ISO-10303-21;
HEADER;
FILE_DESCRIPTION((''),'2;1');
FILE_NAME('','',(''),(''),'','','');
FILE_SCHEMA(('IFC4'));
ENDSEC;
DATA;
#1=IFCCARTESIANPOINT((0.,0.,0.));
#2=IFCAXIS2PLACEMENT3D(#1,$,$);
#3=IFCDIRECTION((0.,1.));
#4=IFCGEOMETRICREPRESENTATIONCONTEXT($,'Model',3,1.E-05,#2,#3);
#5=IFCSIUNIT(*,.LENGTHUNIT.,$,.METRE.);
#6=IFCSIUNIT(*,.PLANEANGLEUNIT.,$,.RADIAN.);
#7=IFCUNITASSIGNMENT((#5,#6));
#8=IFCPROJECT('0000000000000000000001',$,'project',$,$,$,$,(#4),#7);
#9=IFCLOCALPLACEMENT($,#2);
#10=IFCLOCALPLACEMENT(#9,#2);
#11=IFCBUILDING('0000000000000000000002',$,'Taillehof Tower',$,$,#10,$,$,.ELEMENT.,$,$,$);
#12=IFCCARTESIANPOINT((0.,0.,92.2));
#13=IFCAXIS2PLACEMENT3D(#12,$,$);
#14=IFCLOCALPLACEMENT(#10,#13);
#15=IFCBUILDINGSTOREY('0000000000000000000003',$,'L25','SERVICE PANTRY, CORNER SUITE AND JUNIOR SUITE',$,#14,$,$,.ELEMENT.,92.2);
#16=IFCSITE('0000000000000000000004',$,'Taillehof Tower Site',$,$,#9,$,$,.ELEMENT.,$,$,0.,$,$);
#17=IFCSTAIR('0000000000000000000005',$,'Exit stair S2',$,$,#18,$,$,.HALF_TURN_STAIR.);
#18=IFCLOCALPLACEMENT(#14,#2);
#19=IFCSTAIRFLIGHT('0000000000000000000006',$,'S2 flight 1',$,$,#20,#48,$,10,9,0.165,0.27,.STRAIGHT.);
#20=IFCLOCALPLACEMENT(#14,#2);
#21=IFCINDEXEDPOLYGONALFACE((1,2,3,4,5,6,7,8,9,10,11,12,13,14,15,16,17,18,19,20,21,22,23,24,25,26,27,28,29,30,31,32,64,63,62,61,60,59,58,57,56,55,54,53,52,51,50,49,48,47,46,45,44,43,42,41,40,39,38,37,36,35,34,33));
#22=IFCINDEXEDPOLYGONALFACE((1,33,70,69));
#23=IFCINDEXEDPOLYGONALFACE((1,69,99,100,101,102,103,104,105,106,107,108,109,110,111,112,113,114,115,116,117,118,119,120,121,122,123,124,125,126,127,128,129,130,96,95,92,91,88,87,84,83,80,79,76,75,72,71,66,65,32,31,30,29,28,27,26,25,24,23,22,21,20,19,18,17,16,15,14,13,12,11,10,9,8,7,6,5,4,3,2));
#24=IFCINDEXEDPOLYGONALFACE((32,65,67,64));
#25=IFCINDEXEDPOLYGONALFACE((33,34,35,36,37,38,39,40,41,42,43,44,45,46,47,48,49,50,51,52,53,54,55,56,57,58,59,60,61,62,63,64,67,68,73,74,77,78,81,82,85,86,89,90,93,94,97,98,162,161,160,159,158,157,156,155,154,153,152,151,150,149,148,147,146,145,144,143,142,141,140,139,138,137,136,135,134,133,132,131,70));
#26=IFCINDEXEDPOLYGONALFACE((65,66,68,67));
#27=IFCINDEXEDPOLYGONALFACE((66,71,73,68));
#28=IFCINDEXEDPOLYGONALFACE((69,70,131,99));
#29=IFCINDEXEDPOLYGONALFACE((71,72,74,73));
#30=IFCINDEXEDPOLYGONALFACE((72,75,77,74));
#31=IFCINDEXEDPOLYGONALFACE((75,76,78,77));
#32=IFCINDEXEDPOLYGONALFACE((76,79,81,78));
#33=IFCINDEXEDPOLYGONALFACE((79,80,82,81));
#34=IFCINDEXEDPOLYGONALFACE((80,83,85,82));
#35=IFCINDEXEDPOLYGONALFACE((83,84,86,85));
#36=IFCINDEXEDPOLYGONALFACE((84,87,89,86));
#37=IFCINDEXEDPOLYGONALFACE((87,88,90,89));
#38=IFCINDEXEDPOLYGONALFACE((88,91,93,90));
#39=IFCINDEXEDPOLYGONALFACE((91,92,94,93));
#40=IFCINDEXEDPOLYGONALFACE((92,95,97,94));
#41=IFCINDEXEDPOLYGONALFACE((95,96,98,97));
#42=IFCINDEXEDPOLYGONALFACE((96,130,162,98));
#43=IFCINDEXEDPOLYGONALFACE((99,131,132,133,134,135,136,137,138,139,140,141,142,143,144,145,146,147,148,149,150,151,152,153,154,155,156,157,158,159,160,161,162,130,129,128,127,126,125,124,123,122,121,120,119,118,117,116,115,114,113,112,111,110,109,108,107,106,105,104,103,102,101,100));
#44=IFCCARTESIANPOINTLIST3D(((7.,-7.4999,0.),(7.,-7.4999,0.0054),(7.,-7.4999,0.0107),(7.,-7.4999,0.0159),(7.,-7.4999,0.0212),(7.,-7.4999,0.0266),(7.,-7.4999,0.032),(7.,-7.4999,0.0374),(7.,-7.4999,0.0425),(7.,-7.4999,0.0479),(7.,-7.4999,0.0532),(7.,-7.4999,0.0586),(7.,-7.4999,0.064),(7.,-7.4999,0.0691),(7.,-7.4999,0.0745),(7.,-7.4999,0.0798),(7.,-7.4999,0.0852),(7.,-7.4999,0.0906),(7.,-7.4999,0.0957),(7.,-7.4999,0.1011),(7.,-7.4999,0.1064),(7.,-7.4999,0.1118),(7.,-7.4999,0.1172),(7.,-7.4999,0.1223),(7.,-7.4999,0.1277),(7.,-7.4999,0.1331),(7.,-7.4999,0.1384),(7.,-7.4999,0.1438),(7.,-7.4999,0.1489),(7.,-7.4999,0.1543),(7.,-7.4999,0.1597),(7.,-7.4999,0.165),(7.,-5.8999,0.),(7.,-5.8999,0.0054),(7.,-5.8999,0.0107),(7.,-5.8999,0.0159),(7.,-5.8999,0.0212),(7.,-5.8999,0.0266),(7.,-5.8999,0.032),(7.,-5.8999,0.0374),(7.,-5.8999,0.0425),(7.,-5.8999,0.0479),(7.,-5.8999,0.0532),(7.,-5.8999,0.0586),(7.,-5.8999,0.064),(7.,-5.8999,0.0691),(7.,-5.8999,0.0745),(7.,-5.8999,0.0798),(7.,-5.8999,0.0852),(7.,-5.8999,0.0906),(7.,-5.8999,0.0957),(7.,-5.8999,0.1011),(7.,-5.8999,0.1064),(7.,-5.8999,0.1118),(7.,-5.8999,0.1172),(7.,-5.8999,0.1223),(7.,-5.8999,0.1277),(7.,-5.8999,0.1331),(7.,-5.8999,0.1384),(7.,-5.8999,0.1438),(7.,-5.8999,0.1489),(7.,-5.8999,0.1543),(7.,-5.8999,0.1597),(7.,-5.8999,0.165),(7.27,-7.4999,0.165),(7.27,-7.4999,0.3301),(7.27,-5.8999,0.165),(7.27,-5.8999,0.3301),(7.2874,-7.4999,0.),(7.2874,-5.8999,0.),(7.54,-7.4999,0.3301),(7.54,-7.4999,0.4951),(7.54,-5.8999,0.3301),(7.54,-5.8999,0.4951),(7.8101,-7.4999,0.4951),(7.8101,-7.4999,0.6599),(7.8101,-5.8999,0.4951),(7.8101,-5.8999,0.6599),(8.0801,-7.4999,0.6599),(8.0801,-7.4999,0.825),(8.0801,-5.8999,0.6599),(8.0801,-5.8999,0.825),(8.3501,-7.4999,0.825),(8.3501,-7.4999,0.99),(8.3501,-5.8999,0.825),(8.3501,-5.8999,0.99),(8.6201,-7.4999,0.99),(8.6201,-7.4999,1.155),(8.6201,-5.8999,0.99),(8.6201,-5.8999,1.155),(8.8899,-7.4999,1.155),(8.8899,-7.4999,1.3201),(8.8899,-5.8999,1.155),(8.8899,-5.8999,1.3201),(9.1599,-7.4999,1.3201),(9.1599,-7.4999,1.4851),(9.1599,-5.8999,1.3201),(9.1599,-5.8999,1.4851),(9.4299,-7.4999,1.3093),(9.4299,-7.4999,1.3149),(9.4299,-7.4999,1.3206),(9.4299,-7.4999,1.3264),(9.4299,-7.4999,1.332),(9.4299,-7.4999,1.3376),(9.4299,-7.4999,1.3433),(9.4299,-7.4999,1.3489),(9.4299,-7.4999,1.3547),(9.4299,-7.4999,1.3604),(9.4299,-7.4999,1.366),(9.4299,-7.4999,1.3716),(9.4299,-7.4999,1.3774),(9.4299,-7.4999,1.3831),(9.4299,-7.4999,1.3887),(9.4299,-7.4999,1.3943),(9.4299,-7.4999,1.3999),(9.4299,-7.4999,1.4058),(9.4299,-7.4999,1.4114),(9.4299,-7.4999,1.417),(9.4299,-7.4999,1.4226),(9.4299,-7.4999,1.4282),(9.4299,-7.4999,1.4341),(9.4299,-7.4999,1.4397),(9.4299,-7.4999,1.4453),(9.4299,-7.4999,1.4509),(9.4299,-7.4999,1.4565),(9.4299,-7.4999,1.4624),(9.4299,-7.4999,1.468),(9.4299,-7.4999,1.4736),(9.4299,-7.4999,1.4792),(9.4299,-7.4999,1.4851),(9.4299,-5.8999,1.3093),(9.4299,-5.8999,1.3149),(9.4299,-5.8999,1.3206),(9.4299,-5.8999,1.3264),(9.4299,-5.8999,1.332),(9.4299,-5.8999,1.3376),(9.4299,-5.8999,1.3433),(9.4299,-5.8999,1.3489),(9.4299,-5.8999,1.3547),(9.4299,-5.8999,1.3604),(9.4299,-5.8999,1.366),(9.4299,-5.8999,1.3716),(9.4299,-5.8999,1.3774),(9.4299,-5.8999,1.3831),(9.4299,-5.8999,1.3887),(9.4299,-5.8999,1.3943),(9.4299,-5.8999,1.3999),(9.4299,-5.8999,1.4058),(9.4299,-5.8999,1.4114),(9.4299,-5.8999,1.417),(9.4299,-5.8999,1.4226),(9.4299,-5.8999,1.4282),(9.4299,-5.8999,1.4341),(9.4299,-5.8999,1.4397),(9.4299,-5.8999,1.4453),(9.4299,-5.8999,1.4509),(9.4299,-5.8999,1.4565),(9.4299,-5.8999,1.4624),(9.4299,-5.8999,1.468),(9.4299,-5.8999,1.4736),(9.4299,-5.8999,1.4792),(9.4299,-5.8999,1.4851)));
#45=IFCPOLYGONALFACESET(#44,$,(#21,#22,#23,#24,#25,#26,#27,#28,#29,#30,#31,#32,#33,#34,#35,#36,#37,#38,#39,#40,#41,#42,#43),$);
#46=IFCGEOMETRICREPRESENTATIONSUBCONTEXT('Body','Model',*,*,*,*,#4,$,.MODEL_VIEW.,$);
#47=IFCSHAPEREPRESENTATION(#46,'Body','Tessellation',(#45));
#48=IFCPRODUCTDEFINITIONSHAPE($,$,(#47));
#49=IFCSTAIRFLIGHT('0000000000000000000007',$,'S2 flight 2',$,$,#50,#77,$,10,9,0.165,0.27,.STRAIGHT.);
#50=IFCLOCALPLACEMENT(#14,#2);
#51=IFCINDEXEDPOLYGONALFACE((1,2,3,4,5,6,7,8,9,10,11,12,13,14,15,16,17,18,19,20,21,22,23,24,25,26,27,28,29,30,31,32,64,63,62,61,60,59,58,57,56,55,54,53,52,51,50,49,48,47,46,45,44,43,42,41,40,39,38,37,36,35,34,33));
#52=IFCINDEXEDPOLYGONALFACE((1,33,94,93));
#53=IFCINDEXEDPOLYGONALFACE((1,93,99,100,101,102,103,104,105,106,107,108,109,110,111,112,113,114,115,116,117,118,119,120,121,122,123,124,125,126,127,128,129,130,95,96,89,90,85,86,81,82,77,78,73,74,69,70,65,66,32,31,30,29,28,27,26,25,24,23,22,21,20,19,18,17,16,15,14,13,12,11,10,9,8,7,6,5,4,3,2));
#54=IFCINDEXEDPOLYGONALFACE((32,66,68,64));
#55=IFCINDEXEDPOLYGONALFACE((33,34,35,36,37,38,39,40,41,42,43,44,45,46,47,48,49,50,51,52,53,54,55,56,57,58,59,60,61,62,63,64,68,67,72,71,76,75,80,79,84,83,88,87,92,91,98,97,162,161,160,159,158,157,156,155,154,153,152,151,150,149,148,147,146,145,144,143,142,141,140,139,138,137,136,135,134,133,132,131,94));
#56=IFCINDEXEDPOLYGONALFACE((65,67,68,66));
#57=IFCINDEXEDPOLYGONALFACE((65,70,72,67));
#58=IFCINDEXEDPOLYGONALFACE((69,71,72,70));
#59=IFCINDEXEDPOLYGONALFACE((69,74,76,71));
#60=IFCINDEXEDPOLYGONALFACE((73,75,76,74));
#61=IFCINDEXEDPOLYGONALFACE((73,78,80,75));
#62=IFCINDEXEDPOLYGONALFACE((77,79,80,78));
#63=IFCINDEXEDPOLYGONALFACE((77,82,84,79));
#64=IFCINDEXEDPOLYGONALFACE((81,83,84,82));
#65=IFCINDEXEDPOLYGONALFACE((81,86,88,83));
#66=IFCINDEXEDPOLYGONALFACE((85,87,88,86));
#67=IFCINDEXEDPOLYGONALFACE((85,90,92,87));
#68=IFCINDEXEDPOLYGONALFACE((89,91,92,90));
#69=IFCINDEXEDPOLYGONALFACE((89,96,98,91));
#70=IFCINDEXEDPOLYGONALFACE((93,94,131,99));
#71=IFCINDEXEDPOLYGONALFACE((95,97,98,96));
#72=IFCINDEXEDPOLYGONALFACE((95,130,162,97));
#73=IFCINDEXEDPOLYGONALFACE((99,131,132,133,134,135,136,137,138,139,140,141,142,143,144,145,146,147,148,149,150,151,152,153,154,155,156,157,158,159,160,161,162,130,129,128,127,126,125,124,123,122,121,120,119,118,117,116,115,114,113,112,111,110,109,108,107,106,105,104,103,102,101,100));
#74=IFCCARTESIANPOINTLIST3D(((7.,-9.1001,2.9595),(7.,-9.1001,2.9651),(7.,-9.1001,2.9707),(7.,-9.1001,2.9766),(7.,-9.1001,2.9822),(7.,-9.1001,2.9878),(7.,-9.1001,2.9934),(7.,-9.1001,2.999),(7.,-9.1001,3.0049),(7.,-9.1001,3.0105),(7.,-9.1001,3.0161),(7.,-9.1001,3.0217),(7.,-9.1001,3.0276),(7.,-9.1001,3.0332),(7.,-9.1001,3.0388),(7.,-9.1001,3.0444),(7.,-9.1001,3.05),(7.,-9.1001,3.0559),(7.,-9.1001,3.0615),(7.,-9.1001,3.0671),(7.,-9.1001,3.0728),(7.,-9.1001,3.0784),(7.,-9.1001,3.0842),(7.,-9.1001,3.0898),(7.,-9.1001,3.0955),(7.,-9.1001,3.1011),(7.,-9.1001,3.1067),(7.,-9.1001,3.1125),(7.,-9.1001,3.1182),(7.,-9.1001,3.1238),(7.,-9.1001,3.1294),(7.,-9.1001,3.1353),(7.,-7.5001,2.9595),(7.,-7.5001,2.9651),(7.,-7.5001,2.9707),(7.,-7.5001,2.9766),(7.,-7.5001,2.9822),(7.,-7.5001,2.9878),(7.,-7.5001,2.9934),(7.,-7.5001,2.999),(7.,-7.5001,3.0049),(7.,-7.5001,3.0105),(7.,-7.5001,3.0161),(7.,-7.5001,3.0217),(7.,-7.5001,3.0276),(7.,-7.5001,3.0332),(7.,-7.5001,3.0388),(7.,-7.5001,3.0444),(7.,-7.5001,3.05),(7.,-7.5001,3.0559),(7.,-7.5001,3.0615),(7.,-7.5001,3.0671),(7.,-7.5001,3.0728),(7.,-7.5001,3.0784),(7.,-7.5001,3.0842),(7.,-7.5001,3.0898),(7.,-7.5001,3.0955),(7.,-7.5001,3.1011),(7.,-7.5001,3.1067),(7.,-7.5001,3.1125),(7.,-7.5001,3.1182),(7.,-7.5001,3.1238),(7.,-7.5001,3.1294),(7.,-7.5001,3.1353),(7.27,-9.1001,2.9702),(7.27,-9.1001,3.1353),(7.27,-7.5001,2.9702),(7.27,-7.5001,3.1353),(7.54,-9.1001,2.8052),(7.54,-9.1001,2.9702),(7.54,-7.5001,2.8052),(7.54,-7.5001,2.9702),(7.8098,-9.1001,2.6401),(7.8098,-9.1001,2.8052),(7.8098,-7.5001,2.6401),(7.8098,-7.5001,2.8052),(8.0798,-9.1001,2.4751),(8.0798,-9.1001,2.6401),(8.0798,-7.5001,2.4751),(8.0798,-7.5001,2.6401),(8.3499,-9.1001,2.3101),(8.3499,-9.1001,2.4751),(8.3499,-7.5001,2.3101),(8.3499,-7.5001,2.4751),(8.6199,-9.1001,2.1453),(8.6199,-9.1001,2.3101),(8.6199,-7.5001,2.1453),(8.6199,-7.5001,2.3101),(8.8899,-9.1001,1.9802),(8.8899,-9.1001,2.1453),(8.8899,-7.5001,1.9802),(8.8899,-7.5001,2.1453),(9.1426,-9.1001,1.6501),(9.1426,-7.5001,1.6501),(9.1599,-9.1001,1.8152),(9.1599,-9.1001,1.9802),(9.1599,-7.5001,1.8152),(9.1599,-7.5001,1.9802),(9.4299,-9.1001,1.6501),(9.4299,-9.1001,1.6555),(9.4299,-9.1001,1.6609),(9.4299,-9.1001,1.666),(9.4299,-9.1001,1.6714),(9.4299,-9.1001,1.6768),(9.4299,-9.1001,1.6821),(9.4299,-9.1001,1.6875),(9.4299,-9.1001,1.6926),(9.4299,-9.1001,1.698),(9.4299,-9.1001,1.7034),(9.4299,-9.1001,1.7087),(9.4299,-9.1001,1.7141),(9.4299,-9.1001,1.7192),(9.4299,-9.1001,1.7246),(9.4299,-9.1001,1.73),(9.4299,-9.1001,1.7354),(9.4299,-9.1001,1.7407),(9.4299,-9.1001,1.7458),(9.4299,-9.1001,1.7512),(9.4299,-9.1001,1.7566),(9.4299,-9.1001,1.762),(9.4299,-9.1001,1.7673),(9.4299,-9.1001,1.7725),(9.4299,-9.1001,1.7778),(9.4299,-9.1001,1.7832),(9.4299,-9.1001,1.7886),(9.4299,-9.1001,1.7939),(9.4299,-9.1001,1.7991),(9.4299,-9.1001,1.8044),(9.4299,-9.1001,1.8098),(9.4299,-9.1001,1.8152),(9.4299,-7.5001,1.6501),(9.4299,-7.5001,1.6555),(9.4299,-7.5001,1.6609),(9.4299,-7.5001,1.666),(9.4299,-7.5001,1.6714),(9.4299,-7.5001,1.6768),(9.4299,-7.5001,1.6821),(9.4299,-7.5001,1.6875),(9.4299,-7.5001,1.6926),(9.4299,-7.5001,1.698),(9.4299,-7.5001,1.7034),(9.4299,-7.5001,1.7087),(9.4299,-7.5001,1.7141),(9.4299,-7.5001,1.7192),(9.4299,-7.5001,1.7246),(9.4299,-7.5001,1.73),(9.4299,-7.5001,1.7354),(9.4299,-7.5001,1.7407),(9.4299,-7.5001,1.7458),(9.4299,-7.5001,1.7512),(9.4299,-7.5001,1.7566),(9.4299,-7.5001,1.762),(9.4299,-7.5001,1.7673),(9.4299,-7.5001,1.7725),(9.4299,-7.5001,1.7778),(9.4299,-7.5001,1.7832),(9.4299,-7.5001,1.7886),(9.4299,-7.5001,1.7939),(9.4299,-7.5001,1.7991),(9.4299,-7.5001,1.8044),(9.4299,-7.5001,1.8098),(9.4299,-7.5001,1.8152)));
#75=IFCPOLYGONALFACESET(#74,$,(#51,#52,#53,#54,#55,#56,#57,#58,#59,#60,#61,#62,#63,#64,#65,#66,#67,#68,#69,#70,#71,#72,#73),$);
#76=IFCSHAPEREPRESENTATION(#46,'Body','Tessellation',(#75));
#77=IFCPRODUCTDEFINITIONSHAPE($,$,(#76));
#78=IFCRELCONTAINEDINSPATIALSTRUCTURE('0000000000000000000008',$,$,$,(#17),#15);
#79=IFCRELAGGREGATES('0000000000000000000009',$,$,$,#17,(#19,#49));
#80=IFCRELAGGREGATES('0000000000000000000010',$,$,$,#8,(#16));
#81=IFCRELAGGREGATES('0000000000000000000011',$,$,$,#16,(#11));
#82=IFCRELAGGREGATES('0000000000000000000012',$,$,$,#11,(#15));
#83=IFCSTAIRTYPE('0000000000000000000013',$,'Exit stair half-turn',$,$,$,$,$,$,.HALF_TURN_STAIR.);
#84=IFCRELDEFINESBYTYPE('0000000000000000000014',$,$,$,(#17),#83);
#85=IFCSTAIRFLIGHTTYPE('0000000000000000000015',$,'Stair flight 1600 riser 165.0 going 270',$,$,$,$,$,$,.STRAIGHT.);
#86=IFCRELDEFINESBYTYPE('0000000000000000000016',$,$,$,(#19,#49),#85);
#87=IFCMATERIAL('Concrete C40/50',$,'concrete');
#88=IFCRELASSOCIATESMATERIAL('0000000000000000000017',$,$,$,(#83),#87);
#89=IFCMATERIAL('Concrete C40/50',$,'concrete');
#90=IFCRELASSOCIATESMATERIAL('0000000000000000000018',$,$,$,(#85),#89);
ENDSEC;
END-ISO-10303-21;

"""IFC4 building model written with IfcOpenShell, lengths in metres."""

from ifc_helpers import new_model, si_unit, direction, frame, origin, place, context, subcontext, project, spatial, polyline, outline, extrude, material, type_object, element, aggregate, save


model = new_model("IFC4")

# Units and contexts
model_context = context("Model", 3, precision=1e-05, world=origin(), true_north=direction((0.0, 1.0)))
body_context = subcontext(model_context, "Body", "Model", "MODEL_VIEW")
ifc_project = project(units=[si_unit("LENGTHUNIT", "METRE"), si_unit("PLANEANGLEUNIT", "RADIAN")], contexts=[model_context])

# Site, building, storey
site_placement = place(None, origin())
site = spatial("IfcSite", under=ifc_project, at=site_placement, Name="Taillehof Tower Site", CompositionType="ELEMENT", RefElevation=0.0)
building_placement = place(site_placement, origin())
building = spatial("IfcBuilding", under=site, at=building_placement, Name="Taillehof Tower", CompositionType="ELEMENT")
storey_placement = place(building_placement, frame((0.0, 0.0, 92.2)))
storey = spatial("IfcBuildingStorey", under=building, at=storey_placement, Name="L25", Description="SERVICE PANTRY, CORNER SUITE AND JUNIOR SUITE", CompositionType="ELEMENT", Elevation=92.2)

# Stair, stair flights
ifc_material_1 = material(Name="Concrete C40/50", Category="concrete")
stair_type = type_object("IfcStairType", Name="Exit stair half-turn", PredefinedType="HALF_TURN_STAIR", material=ifc_material_1)
stair_placement = place(storey_placement, origin())
stair = element("IfcStair", 1, at=stair_placement, inside=storey, type_object=stair_type, Name="Exit stair S2", PredefinedType="HALF_TURN_STAIR")
ifc_material_2 = material(Name="Concrete C40/50", Category="concrete")
stair_flight_type = type_object("IfcStairFlightType", Name="Stair flight 1600 riser 165.0 going 270", PredefinedType="STRAIGHT", material=ifc_material_2)
stair_flight_1_placement = place(storey_placement, frame((7.0, -6.7, 0.0), z_axis=(0.0, 0.0, 1.0), x_axis=(1.0, 0.0, 0.0)))
stair_flight_1 = element("IfcStairFlight", 2, at=stair_flight_1_placement, type_object=stair_flight_type, Name="S2 flight 1", NumberOfRisers=10, NumberOfTreads=9, PredefinedType="STRAIGHT", RiserHeight=0.165, TreadLength=0.27, context=body_context, shape_type="SweptSolid", body=[
    extrude(outline(polyline([(0.0, 0.0), (0.0, 0.0054), (0.0, 0.0107), (0.0, 0.0159), (0.0, 0.0212), (0.0, 0.0266), (0.0, 0.032), (0.0, 0.0374), (0.0, 0.0425), (0.0, 0.0479), (0.0, 0.0532), (0.0, 0.0586), (0.0, 0.064), (0.0, 0.0691), (0.0, 0.0745), (0.0, 0.0798), (0.0, 0.0852), (0.0, 0.0906), (0.0, 0.0957), (0.0, 0.1011), (0.0, 0.1064), (0.0, 0.1118), (0.0, 0.1172), (0.0, 0.1223), (0.0, 0.1277), (0.0, 0.1331), (0.0, 0.1384), (0.0, 0.1438), (0.0, 0.1489), (0.0, 0.1543), (0.0, 0.1597), (0.0, 0.165), (0.27, 0.165), (0.27, 0.3301), (0.54, 0.3301), (0.54, 0.4951), (0.8101, 0.4951), (0.8101, 0.6599), (1.0801, 0.6599), (1.0801, 0.825), (1.3501, 0.825), (1.3501, 0.99), (1.6201, 0.99), (1.6201, 1.155), (1.8899, 1.155), (1.8899, 1.3201), (2.1599, 1.3201), (2.1599, 1.4851), (2.4299, 1.4851), (2.4299, 1.4792), (2.4299, 1.4736), (2.4299, 1.468), (2.4299, 1.4624), (2.4299, 1.4565), (2.4299, 1.4509), (2.4299, 1.4453), (2.4299, 1.4397), (2.4299, 1.4341), (2.4299, 1.4282), (2.4299, 1.4226), (2.4299, 1.417), (2.4299, 1.4114), (2.4299, 1.4058), (2.4299, 1.3999), (2.4299, 1.3943), (2.4299, 1.3887), (2.4299, 1.3831), (2.4299, 1.3774), (2.4299, 1.3716), (2.4299, 1.366), (2.4299, 1.3604), (2.4299, 1.3547), (2.4299, 1.3489), (2.4299, 1.3433), (2.4299, 1.3376), (2.4299, 1.332), (2.4299, 1.3264), (2.4299, 1.3206), (2.4299, 1.3149), (2.4299, 1.3093), (0.2874, 0.0), (0.0, 0.0)])), frame((0.0, 0.8, 0.0), z_axis=(0.0, -1.0, 0.0), x_axis=(1.0, 0.0, 0.0)), (0.0, 0.0, 1.0), 1.6),
])
stair_flight_2_placement = place(storey_placement, frame((9.4299, -8.3, 1.6501), z_axis=(0.0, 0.0, 1.0), x_axis=(-1.0, 0.0, 0.0)))
stair_flight_2 = element("IfcStairFlight", 3, at=stair_flight_2_placement, type_object=stair_flight_type, Name="S2 flight 2", NumberOfRisers=10, NumberOfTreads=9, PredefinedType="STRAIGHT", RiserHeight=0.165, TreadLength=0.27, context=body_context, shape_type="SweptSolid", body=[
    extrude(outline(polyline([(0.0, 0.0), (0.0, 0.0054), (0.0, 0.0107), (0.0, 0.0159), (0.0, 0.0212), (0.0, 0.0266), (0.0, 0.032), (0.0, 0.0374), (0.0, 0.0425), (0.0, 0.0479), (0.0, 0.0532), (0.0, 0.0586), (0.0, 0.064), (0.0, 0.0691), (0.0, 0.0745), (0.0, 0.0798), (0.0, 0.0852), (0.0, 0.0906), (0.0, 0.0957), (0.0, 0.1011), (0.0, 0.1064), (0.0, 0.1118), (0.0, 0.1172), (0.0, 0.1223), (0.0, 0.1277), (0.0, 0.1331), (0.0, 0.1384), (0.0, 0.1438), (0.0, 0.1489), (0.0, 0.1543), (0.0, 0.1597), (0.0, 0.165), (0.27, 0.165), (0.27, 0.3301), (0.54, 0.3301), (0.54, 0.4951), (0.8101, 0.4951), (0.8101, 0.6599), (1.0801, 0.6599), (1.0801, 0.825), (1.3501, 0.825), (1.3501, 0.99), (1.6201, 0.99), (1.6201, 1.155), (1.8899, 1.155), (1.8899, 1.3201), (2.1599, 1.3201), (2.1599, 1.4851), (2.4299, 1.4851), (2.4299, 1.4792), (2.4299, 1.4736), (2.4299, 1.468), (2.4299, 1.4624), (2.4299, 1.4565), (2.4299, 1.4509), (2.4299, 1.4453), (2.4299, 1.4397), (2.4299, 1.4341), (2.4299, 1.4282), (2.4299, 1.4226), (2.4299, 1.417), (2.4299, 1.4114), (2.4299, 1.4058), (2.4299, 1.3999), (2.4299, 1.3943), (2.4299, 1.3887), (2.4299, 1.3831), (2.4299, 1.3774), (2.4299, 1.3716), (2.4299, 1.366), (2.4299, 1.3604), (2.4299, 1.3547), (2.4299, 1.3489), (2.4299, 1.3433), (2.4299, 1.3376), (2.4299, 1.332), (2.4299, 1.3264), (2.4299, 1.3206), (2.4299, 1.3149), (2.4299, 1.3093), (0.2874, 0.0), (0.0, 0.0)])), frame((0.0, 0.8, 0.0), z_axis=(0.0, -1.0, 0.0), x_axis=(1.0, 0.0, 0.0)), (0.0, 0.0, 1.0), 1.6),
])
aggregate(stair, [stair_flight_1, stair_flight_2])

save(model, "model.ifc")
